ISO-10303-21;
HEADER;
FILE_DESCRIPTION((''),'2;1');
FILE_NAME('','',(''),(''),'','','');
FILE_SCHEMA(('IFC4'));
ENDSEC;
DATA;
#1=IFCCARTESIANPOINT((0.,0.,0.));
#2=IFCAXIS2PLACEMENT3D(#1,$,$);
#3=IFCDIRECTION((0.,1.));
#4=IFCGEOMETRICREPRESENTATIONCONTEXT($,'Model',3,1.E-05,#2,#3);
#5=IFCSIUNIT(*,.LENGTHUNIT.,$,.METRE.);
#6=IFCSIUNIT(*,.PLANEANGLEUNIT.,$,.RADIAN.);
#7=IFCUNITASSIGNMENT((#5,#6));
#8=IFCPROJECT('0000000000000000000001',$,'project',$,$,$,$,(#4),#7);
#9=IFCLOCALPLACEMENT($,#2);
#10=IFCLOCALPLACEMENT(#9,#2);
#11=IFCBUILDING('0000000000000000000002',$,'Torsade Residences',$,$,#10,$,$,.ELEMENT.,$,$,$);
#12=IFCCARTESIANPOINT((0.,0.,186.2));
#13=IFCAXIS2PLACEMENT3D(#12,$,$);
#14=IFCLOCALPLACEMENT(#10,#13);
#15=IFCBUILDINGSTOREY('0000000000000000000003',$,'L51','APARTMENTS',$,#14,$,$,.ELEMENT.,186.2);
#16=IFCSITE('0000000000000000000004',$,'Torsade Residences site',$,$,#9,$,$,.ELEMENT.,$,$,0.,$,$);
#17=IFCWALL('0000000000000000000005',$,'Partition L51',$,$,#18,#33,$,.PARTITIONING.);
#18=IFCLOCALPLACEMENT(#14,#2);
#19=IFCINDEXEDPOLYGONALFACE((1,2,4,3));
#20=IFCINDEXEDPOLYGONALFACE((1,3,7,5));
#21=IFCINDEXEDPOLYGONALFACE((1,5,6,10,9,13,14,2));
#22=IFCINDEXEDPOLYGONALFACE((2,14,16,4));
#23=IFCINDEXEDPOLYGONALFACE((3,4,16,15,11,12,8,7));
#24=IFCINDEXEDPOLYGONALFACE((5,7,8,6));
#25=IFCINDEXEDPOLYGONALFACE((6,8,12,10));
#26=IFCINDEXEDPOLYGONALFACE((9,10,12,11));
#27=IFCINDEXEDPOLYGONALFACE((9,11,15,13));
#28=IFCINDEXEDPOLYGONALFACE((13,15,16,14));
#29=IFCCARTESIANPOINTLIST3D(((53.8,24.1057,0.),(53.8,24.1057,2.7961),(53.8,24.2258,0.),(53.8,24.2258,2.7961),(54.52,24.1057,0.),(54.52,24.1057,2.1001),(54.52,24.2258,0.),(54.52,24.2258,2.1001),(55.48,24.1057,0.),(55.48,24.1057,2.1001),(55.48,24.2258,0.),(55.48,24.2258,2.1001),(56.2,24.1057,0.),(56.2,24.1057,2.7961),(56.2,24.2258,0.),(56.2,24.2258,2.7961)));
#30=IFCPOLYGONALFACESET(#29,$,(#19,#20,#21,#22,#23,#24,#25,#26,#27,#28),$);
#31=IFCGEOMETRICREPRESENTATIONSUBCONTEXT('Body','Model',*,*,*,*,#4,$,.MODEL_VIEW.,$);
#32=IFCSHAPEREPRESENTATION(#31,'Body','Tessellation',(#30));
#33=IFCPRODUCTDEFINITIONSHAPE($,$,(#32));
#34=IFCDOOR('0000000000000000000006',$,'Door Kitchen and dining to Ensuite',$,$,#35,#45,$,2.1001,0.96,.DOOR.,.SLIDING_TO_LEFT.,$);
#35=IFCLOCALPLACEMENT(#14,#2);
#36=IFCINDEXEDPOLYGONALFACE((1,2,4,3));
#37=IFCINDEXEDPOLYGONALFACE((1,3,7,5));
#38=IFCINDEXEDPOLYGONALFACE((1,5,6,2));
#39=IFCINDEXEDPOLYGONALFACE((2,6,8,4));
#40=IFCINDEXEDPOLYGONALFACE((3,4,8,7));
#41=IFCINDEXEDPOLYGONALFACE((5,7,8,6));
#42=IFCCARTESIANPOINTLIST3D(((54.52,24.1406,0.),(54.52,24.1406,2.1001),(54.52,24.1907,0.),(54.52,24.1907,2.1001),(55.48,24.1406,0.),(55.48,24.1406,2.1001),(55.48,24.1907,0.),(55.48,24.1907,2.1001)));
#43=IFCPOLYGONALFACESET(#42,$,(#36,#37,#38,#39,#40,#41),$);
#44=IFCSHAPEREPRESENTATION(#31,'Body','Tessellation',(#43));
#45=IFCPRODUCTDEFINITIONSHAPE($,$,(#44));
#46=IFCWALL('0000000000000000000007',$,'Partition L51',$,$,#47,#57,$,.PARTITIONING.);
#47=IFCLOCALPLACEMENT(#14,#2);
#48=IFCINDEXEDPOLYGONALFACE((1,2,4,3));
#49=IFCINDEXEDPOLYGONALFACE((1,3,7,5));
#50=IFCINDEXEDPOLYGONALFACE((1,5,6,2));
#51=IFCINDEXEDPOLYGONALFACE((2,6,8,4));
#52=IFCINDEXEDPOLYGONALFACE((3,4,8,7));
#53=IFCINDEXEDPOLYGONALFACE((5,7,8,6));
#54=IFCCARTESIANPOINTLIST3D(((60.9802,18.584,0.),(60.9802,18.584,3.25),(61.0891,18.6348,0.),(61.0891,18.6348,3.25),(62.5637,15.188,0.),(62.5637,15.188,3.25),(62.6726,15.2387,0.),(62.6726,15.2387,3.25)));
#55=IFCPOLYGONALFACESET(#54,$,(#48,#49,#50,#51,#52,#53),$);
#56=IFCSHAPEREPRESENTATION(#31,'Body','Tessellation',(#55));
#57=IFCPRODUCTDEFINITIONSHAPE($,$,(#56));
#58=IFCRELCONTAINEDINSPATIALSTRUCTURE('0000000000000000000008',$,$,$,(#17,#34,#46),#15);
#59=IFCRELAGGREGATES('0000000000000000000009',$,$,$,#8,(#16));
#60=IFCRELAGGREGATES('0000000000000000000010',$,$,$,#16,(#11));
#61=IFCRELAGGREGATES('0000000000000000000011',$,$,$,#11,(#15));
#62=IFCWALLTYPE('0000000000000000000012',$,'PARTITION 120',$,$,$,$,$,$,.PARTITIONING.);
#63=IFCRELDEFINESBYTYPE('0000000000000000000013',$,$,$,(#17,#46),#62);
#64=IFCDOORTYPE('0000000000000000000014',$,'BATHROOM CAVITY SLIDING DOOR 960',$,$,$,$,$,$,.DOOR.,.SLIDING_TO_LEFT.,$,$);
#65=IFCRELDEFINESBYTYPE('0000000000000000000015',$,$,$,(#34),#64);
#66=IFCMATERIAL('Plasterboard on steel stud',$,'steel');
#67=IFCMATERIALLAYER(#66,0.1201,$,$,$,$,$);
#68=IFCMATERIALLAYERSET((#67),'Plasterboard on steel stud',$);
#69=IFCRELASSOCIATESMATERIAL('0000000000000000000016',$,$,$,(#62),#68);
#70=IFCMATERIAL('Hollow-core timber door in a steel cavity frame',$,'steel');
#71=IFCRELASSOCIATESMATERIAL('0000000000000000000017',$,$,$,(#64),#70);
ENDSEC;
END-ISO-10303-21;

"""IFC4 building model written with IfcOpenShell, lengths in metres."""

from ifc_helpers import new_model, si_unit, direction, frame, frame_2d, origin, place, context, subcontext, project, spatial, rectangle, extrude, material, layer, layer_set, type_object, element, fill, save


model = new_model("IFC4")

# Units and contexts
model_context = context("Model", 3, precision=1e-05, world=origin(), true_north=direction((0.0, 1.0)))
body_context = subcontext(model_context, "Body", "Model", "MODEL_VIEW")
ifc_project = project(units=[si_unit("LENGTHUNIT", "METRE"), si_unit("PLANEANGLEUNIT", "RADIAN")], contexts=[model_context])

# Site, building, storey
site_placement = place(None, origin())
site = spatial("IfcSite", under=ifc_project, at=site_placement, Name="Torsade Residences site", CompositionType="ELEMENT", RefElevation=0.0)
building_placement = place(site_placement, origin())
building = spatial("IfcBuilding", under=site, at=building_placement, Name="Torsade Residences", CompositionType="ELEMENT")
storey_placement = place(building_placement, frame((0.0, 0.0, 186.2)))
storey = spatial("IfcBuildingStorey", under=building, at=storey_placement, Name="L51", Description="APARTMENTS", CompositionType="ELEMENT", Elevation=186.2)

# Wall, opening, door
ifc_material_1 = material(Name="Plasterboard on steel stud", Category="steel")
ifc_layer = layer(ifc_material_1, 0.1201)
ifc_layer_set = layer_set([ifc_layer], Name="Plasterboard on steel stud")
wall_type = type_object("IfcWallType", Name="PARTITION 120", PredefinedType="PARTITIONING", material=ifc_layer_set)
ifc_material_2 = material(Name="Hollow-core timber door in a steel cavity frame", Category="steel")
door_type = type_object("IfcDoorType", Name="BATHROOM CAVITY SLIDING DOOR 960", OperationType="SLIDING_TO_LEFT", PredefinedType="DOOR", material=ifc_material_2)
wall_1_placement = place(storey_placement, frame((53.8, 24.1658, 0.0), z_axis=(0.0, 0.0, 1.0), x_axis=(1.0, 0.0, 0.0)))
wall_1 = element("IfcWall", 1, at=wall_1_placement, inside=storey, type_object=wall_type, Name="Partition L51", PredefinedType="PARTITIONING", context=body_context, shape_type="SweptSolid", body=[
    extrude(rectangle(XDim=2.3999, YDim=0.1201, at=frame_2d((1.2, 0.0))), origin(), (0.0, 0.0, 1.0), 2.7961),
])
opening_1_placement = place(wall_1_placement, frame((0.72, 0.0, 0.0)))
opening_1 = element("IfcOpeningElement", 2, at=opening_1_placement, cuts=wall_1, PredefinedType="OPENING", context=body_context, shape_type="SweptSolid", body=[
    extrude(rectangle(XDim=0.96, YDim=2.1001, at=frame_2d((0.48, 1.05))), frame((0.0, 0.0701, 0.0), z_axis=(0.0, -1.0, 0.0), x_axis=(1.0, 0.0, 0.0)), (0.0, 0.0, 1.0), 0.1401),
])
door_1_placement = place(opening_1_placement, origin())
door_1 = element("IfcDoor", 3, at=door_1_placement, inside=storey, type_object=door_type, Name="Door Kitchen and dining to Ensuite", OperationType="SLIDING_TO_LEFT", OverallHeight=2.1001, OverallWidth=0.96, PredefinedType="DOOR", context=body_context, shape_type="SweptSolid", body=[
    extrude(rectangle(XDim=0.96, YDim=2.1001, at=frame_2d((0.48, 1.05))), frame((0.0, 0.0249, 0.0), z_axis=(0.0, -1.0, 0.0), x_axis=(1.0, 0.0, 0.0)), (0.0, 0.0, 1.0), 0.05),
])
fill(opening_1, door_1)

# Wall
wall_2_placement = place(storey_placement, frame((61.0347, 18.6094, 0.0), z_axis=(0.0, 0.0, 1.0), x_axis=(0.4226, -0.906316, 0.0)))
element("IfcWall", 4, at=wall_2_placement, inside=storey, type_object=wall_type, Name="Partition L51", PredefinedType="PARTITIONING", context=body_context, shape_type="SweptSolid", body=[
    extrude(rectangle(XDim=3.7471, YDim=0.1201, at=frame_2d((1.8735, 0.0))), origin(), (0.0, 0.0, 1.0), 3.25),
])

save(model, "model.ifc")
